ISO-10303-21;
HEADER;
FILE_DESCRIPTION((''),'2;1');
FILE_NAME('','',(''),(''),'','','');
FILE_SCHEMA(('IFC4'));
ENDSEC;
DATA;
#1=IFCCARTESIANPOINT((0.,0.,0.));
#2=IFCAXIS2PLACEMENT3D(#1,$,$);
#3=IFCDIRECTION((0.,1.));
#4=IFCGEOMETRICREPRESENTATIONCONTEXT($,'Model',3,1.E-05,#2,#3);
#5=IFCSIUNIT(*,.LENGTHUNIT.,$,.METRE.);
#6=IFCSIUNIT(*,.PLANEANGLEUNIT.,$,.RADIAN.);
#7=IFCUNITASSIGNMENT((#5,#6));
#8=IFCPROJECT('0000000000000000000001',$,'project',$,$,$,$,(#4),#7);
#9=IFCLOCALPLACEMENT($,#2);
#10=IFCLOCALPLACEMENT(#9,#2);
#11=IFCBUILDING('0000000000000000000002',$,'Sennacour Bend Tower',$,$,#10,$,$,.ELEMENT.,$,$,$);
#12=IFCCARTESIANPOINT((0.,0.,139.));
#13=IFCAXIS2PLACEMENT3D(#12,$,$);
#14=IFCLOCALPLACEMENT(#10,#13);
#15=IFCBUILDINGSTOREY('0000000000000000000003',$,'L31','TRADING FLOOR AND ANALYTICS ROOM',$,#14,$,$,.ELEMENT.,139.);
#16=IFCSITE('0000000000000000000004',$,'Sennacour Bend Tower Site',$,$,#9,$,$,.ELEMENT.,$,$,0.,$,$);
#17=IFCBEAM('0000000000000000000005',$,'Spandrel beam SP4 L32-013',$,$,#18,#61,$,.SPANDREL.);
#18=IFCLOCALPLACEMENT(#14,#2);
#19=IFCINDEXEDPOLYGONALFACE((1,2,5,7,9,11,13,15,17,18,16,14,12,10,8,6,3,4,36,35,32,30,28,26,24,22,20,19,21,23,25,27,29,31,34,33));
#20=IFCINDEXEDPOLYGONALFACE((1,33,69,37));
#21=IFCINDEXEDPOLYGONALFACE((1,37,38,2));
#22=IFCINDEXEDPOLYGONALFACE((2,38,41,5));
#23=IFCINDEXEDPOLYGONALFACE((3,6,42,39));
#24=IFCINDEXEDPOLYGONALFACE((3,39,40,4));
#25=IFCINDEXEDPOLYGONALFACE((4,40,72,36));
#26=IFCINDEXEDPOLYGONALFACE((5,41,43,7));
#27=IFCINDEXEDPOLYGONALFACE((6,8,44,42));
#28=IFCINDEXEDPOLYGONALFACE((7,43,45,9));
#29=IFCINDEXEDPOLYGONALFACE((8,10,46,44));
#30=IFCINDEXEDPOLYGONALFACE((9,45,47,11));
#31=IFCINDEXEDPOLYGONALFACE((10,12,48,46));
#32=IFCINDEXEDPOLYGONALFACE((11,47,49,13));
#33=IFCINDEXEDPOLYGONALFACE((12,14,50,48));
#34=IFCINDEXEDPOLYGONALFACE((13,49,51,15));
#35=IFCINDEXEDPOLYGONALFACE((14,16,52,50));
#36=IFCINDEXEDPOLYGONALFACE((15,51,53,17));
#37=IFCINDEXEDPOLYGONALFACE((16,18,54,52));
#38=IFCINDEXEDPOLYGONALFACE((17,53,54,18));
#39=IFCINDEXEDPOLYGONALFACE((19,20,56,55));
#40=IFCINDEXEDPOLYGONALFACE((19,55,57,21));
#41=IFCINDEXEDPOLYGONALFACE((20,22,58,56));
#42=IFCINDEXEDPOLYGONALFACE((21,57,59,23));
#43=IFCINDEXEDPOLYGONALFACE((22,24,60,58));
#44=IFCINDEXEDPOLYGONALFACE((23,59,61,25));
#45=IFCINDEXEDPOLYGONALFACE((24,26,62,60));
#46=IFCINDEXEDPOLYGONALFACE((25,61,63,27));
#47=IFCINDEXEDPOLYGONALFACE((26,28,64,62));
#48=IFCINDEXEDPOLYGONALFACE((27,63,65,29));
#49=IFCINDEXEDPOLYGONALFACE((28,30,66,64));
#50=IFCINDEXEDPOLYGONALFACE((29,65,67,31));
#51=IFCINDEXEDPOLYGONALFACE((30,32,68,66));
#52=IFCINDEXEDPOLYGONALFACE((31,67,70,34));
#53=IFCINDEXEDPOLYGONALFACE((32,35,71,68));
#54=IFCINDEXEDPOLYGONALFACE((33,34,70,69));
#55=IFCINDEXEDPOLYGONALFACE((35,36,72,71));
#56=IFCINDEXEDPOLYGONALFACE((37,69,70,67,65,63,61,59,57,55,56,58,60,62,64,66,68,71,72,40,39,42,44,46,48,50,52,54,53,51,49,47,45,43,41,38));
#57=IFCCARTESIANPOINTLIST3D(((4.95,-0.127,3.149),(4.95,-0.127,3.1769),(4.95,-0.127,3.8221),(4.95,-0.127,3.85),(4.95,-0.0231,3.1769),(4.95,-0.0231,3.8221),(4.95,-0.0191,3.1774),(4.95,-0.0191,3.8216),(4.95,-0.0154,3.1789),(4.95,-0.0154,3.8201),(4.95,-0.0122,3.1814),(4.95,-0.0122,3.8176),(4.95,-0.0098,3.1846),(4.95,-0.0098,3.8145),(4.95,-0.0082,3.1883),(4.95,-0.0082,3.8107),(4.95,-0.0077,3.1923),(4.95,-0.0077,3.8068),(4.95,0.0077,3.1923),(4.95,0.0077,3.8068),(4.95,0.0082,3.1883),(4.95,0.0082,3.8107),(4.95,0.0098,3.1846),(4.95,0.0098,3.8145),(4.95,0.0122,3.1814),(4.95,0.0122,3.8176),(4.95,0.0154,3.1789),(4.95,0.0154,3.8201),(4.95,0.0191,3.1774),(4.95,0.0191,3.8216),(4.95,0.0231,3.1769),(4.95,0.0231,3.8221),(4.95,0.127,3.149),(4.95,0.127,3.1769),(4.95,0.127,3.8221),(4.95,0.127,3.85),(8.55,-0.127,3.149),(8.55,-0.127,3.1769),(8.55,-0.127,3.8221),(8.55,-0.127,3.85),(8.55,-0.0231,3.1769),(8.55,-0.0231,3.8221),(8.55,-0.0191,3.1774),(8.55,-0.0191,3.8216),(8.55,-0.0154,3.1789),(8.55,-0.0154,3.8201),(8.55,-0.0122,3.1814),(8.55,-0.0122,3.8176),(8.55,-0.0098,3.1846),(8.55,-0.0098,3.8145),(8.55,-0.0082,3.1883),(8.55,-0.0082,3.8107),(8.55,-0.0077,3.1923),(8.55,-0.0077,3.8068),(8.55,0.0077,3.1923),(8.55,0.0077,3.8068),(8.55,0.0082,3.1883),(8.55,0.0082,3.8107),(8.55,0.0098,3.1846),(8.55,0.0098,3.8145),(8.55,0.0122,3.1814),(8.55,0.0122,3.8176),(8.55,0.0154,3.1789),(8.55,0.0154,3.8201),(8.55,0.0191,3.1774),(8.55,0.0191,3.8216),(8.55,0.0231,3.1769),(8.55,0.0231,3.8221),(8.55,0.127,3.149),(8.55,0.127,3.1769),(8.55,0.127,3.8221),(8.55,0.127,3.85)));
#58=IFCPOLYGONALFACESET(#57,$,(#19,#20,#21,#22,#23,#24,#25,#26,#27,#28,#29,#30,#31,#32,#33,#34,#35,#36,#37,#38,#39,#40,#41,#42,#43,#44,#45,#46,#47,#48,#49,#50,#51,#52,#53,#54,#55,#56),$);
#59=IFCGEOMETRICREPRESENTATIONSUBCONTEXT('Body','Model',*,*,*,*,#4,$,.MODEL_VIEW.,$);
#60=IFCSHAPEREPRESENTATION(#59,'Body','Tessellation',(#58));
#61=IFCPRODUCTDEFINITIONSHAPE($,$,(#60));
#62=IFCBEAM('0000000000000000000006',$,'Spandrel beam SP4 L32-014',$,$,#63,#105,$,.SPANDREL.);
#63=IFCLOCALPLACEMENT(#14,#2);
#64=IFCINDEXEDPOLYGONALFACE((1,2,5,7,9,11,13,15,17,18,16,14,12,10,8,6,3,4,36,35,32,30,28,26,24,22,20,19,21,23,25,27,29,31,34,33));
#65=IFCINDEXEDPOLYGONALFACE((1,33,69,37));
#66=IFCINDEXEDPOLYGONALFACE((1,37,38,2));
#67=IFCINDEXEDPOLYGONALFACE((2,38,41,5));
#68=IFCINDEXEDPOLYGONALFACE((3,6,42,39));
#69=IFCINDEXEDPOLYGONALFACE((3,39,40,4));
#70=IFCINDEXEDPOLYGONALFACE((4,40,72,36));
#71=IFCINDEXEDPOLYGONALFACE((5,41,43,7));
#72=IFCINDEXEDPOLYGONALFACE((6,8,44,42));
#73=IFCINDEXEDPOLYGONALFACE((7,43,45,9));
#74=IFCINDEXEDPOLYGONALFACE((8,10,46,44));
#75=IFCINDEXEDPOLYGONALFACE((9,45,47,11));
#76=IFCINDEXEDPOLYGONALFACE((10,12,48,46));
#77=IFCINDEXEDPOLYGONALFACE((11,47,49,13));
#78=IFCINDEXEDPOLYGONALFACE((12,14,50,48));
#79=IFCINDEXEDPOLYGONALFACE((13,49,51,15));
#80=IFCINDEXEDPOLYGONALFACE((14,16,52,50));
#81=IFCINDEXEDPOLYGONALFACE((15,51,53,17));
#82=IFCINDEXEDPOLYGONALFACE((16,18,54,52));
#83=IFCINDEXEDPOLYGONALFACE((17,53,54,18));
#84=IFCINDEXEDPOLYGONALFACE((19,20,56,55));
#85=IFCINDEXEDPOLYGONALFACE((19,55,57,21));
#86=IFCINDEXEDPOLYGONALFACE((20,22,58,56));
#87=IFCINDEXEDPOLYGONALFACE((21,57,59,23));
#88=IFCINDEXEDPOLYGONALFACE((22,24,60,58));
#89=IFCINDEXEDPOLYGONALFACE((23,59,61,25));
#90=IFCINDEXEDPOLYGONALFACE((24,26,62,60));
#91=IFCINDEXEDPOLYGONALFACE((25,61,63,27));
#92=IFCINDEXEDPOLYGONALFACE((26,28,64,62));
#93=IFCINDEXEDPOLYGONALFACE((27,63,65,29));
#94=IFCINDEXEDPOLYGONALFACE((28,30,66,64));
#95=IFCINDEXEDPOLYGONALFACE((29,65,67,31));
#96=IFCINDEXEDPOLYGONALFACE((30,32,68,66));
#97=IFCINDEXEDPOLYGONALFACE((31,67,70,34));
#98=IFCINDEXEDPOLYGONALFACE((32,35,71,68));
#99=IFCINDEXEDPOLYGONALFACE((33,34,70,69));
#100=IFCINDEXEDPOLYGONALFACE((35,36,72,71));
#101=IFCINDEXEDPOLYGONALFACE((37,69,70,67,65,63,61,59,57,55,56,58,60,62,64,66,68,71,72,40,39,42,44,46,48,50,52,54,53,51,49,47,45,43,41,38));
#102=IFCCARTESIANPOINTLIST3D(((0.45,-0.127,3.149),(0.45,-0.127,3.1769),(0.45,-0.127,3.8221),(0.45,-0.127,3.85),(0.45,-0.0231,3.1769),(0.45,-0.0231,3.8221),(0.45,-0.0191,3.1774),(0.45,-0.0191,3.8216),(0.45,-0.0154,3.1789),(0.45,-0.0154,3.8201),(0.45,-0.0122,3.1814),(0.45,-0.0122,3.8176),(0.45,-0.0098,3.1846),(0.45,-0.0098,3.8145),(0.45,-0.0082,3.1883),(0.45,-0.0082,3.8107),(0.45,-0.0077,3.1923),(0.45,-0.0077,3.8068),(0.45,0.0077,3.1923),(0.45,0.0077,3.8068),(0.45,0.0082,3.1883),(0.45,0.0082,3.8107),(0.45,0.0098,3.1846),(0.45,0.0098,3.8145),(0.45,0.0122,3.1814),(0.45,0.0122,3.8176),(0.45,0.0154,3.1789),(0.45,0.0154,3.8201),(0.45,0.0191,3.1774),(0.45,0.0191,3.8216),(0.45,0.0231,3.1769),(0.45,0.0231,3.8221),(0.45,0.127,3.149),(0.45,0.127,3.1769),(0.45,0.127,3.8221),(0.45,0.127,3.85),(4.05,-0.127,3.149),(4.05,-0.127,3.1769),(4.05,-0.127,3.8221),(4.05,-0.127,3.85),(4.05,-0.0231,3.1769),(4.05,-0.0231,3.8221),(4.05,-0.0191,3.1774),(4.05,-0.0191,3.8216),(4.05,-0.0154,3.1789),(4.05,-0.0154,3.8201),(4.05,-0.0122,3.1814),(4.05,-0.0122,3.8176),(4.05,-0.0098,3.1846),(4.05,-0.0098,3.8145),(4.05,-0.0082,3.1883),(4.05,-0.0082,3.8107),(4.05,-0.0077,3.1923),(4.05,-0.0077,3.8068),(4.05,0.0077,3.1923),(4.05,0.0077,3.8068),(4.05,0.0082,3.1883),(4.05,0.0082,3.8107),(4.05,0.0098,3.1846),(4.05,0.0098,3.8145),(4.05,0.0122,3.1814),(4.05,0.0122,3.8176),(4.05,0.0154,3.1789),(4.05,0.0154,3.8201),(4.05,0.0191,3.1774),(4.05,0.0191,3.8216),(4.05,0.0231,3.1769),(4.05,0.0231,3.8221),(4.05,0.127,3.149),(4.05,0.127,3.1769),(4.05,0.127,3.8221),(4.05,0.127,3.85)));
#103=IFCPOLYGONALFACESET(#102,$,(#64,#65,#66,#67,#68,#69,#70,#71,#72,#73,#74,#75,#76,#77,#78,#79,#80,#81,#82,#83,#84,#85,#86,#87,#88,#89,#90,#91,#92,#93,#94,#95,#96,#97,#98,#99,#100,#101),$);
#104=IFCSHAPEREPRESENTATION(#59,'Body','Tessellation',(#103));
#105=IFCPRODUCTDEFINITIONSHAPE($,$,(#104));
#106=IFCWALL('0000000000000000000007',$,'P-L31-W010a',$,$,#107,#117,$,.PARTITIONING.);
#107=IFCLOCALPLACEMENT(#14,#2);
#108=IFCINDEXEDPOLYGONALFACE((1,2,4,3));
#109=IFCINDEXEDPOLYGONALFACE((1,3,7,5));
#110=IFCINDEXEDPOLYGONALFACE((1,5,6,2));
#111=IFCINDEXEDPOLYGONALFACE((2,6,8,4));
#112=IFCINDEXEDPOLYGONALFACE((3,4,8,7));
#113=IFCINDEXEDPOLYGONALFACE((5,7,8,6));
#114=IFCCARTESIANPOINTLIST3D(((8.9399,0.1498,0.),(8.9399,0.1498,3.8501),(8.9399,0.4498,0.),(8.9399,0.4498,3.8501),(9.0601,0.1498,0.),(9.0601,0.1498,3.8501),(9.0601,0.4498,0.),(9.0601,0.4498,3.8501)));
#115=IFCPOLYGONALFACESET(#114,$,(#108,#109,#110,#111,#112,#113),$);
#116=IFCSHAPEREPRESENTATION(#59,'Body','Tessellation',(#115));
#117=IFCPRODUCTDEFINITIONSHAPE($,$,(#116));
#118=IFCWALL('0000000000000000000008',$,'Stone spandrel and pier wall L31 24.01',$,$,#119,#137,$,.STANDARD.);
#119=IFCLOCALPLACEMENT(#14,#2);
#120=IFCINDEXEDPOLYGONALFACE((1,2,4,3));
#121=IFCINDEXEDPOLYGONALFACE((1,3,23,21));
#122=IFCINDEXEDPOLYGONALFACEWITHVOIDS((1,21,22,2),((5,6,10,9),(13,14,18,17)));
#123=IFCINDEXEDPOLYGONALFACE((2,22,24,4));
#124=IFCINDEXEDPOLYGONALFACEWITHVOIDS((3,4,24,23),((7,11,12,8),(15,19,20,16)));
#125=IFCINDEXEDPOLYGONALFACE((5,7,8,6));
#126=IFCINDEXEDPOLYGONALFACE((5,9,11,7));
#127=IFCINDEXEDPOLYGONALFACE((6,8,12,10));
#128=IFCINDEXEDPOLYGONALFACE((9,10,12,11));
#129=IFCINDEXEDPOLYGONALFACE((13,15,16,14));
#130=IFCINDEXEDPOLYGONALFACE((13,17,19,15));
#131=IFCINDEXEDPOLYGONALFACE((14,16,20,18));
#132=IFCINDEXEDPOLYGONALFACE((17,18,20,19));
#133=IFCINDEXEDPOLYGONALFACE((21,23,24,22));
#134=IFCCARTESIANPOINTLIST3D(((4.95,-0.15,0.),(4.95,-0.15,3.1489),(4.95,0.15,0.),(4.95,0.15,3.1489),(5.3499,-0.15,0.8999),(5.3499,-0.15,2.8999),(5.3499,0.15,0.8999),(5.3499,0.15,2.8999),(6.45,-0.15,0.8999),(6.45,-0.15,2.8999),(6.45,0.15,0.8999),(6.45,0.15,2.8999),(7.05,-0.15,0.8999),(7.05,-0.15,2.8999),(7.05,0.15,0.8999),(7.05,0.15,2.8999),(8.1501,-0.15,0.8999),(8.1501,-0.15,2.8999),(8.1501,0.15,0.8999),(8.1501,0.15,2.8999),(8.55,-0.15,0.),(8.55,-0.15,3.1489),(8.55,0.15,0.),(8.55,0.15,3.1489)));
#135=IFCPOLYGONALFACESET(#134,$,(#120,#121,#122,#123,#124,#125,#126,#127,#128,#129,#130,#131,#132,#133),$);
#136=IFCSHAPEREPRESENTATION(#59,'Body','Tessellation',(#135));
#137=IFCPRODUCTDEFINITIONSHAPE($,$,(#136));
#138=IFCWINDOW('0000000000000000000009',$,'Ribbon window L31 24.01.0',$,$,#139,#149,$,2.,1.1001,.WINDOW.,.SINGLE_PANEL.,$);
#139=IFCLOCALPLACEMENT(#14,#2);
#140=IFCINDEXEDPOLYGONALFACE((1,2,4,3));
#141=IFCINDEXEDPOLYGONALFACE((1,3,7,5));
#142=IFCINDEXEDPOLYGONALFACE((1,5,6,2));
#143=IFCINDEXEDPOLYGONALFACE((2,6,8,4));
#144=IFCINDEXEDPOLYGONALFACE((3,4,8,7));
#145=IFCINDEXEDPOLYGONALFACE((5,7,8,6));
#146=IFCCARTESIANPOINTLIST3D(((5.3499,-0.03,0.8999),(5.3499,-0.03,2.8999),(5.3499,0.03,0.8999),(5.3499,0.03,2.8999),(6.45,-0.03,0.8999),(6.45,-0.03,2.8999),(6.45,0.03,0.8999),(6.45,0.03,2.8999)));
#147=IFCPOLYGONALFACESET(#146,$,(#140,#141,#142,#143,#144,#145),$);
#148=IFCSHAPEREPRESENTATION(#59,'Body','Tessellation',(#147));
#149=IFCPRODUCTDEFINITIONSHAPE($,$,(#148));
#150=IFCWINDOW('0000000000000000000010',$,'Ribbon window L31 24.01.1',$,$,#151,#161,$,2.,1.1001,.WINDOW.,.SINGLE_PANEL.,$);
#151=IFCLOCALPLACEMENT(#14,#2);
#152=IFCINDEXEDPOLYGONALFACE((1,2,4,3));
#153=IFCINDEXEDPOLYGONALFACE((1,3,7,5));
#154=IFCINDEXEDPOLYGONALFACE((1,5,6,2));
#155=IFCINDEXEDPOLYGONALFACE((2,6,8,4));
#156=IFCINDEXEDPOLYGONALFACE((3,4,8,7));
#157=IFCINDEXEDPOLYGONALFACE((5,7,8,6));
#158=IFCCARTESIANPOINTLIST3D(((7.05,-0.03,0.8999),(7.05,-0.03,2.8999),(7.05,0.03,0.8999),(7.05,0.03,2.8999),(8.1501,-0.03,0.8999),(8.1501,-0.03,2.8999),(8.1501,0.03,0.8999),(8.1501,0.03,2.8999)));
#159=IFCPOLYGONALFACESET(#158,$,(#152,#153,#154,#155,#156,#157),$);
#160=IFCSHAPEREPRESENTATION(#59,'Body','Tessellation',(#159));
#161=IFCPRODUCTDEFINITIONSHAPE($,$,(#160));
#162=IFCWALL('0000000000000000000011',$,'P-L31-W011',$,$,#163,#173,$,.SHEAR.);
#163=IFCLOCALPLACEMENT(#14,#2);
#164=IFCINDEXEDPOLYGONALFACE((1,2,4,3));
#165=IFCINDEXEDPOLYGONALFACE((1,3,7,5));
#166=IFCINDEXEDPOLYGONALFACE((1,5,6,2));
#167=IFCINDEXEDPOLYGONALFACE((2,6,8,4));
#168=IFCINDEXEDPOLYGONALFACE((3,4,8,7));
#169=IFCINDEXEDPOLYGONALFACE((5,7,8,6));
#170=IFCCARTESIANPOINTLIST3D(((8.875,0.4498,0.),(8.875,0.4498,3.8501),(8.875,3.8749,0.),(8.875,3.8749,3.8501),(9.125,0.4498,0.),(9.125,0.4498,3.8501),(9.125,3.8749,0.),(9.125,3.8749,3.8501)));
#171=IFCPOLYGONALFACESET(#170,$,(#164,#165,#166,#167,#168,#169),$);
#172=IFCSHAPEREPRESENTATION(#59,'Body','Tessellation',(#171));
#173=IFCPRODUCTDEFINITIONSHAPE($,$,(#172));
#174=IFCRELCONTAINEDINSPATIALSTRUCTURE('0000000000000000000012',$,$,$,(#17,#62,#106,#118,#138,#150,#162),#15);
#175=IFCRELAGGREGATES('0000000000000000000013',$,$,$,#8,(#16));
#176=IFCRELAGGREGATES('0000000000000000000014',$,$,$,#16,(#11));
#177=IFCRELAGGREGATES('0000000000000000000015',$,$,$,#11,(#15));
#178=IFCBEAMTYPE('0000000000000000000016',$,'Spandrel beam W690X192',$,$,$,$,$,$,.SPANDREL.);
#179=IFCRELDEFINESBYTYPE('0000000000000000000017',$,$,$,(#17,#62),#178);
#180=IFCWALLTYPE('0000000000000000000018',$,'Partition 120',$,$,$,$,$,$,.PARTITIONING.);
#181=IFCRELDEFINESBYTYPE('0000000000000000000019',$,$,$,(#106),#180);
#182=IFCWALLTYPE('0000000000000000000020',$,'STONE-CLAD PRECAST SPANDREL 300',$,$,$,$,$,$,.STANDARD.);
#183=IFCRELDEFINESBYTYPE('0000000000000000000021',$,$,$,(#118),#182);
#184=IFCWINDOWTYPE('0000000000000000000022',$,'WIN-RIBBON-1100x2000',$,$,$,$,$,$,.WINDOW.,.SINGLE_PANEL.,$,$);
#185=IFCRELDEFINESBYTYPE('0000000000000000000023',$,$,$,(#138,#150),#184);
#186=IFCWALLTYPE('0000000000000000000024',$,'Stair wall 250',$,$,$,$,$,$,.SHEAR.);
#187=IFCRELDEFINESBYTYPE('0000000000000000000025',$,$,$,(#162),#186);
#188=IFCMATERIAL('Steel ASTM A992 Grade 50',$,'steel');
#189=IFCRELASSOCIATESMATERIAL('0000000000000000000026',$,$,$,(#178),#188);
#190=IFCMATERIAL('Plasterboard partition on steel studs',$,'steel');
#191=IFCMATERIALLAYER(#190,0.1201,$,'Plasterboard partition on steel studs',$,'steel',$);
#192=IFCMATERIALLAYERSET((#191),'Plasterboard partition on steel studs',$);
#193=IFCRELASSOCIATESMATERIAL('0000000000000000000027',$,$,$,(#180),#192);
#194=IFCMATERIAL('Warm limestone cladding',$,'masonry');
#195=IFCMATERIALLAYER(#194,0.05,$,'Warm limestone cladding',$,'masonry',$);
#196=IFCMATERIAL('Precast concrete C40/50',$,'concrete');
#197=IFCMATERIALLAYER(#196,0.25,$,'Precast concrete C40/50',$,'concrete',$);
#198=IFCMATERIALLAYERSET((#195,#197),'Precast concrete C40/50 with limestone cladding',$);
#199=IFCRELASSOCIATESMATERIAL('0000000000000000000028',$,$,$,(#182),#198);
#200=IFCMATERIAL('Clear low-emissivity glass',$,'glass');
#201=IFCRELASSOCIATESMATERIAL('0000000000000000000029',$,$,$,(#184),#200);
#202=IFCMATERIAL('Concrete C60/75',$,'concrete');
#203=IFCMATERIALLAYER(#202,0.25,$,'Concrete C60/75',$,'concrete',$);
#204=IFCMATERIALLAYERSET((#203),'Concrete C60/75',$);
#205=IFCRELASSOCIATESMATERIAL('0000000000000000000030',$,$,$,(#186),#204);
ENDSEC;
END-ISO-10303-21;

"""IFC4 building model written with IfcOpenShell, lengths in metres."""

from ifc_helpers import new_model, si_unit, direction, frame, frame_2d, origin, origin_2d, place, context, subcontext, project, spatial, rectangle, i_section, extrude, material, layer, layer_set, material_profile, profile_set, type_object, element, fill, save


model = new_model("IFC4")

# Units and contexts
model_context = context("Model", 3, precision=1e-05, world=origin(), true_north=direction((0.0, 1.0)))
body_context = subcontext(model_context, "Body", "Model", "MODEL_VIEW")
ifc_project = project(units=[si_unit("LENGTHUNIT", "METRE"), si_unit("PLANEANGLEUNIT", "RADIAN")], contexts=[model_context])

# Site, building, storey
site_placement = place(None, origin())
site = spatial("IfcSite", under=ifc_project, at=site_placement, Name="Sennacour Bend Tower Site", CompositionType="ELEMENT", RefElevation=0.0)
building_placement = place(site_placement, origin())
building = spatial("IfcBuilding", under=site, at=building_placement, Name="Sennacour Bend Tower", CompositionType="ELEMENT")
storey_placement = place(building_placement, frame((0.0, 0.0, 139.0)))
storey = spatial("IfcBuildingStorey", under=building, at=storey_placement, Name="L31", Description="TRADING FLOOR AND ANALYTICS ROOM", CompositionType="ELEMENT", Elevation=139.0)

# Beams
ifc_material_1 = material(Name="Steel ASTM A992 Grade 50", Category="steel")
ifc_material_profile_1 = material_profile(ifc_material_1, i_section(OverallWidth=0.2539, OverallDepth=0.7009, WebThickness=0.0154, FlangeThickness=0.0278, FilletRadius=0.0154, at=origin_2d()), Name="Steel ASTM A992 Grade 50", Category="steel")
ifc_profile_set_1 = profile_set([ifc_material_profile_1], Name="Steel ASTM A992 Grade 50")
beam_type_1 = type_object("IfcBeamType", Name="Spandrel beam W690X192", PredefinedType="SPANDREL", material=ifc_profile_set_1)
for number, where, z_axis, x_axis, name in (
    (1, (8.55, 0.0, 3.4995), (-1.0, 0.0, 0.0), (0.0, -1.0, 0.0), "Spandrel beam SP4 L32-013"),
    (2, (4.05, 0.0, 3.4995), (-1.0, 0.0, 0.0), (0.0, -1.0, 0.0), "Spandrel beam SP4 L32-014"),
):
    element("IfcBeam", number, at=place(storey_placement, frame(where, z_axis=z_axis, x_axis=x_axis)), inside=storey, type_object=beam_type_1, Name=name, PredefinedType="SPANDREL", context=body_context, shape_type="SweptSolid", body=[
        extrude(i_section(OverallWidth=0.2539, OverallDepth=0.7009, WebThickness=0.0154, FlangeThickness=0.0278, FilletRadius=0.0154, at=origin_2d()), origin(), (0.0, 0.0, 1.0), 3.6001),
    ])

# Wall
ifc_material_2 = material(Name="Plasterboard partition on steel studs", Category="steel")
ifc_layer_1 = layer(ifc_material_2, 0.1201, Name="Plasterboard partition on steel studs", Category="steel")
ifc_layer_set_1 = layer_set([ifc_layer_1], Name="Plasterboard partition on steel studs")
wall_type_1 = type_object("IfcWallType", Name="Partition 120", PredefinedType="PARTITIONING", material=ifc_layer_set_1)
wall_1_placement = place(storey_placement, frame((9.0, 0.1499, 0.0), z_axis=(0.0, 0.0, 1.0), x_axis=(0.0, 1.0, 0.0)))
element("IfcWall", 3, at=wall_1_placement, inside=storey, type_object=wall_type_1, Name="P-L31-W010a", PredefinedType="PARTITIONING", context=body_context, shape_type="SweptSolid", body=[
    extrude(rectangle(XDim=0.3, YDim=0.1201, at=frame_2d((0.1499, 0.0))), origin(), (0.0, 0.0, 1.0), 3.8501),
])

# Wall, openings, windows
ifc_material_3 = material(Name="Warm limestone cladding", Category="masonry")
ifc_layer_2 = layer(ifc_material_3, 0.05, Name="Warm limestone cladding", Category="masonry")
ifc_material_4 = material(Name="Precast concrete C40/50", Category="concrete")
ifc_layer_3 = layer(ifc_material_4, 0.25, Name="Precast concrete C40/50", Category="concrete")
ifc_layer_set_2 = layer_set([ifc_layer_2, ifc_layer_3], Name="Precast concrete C40/50 with limestone cladding")
wall_type_2 = type_object("IfcWallType", Name="STONE-CLAD PRECAST SPANDREL 300", PredefinedType="STANDARD", material=ifc_layer_set_2)
wall_2_placement = place(storey_placement, frame((4.95, 0.0, 0.0), z_axis=(0.0, 0.0, 1.0), x_axis=(1.0, 0.0, 0.0)))
wall_2 = element("IfcWall", 4, at=wall_2_placement, inside=storey, type_object=wall_type_2, Name="Stone spandrel and pier wall L31 24.01", PredefinedType="STANDARD", context=body_context, shape_type="SweptSolid", body=[
    extrude(rectangle(XDim=3.6001, YDim=0.3, at=frame_2d((1.8, 0.0))), origin(), (0.0, 0.0, 1.0), 3.1489),
])
opening_1_placement = place(wall_2_placement, frame((0.3999, 0.0, 0.8999)))
opening_1 = element("IfcOpeningElement", 5, at=opening_1_placement, cuts=wall_2, PredefinedType="OPENING", context=body_context, shape_type="SweptSolid", body=[
    extrude(rectangle(XDim=1.1001, YDim=2.0, at=frame_2d((0.55, 1.0))), frame((0.0, 0.1602, 0.0), z_axis=(0.0, -1.0, 0.0), x_axis=(1.0, 0.0, 0.0)), (0.0, 0.0, 1.0), 0.3201),
])
opening_2_placement = place(wall_2_placement, frame((2.1001, 0.0, 0.8999)))
opening_2 = element("IfcOpeningElement", 6, at=opening_2_placement, cuts=wall_2, PredefinedType="OPENING", context=body_context, shape_type="SweptSolid", body=[
    extrude(rectangle(XDim=1.1001, YDim=2.0, at=frame_2d((0.55, 1.0))), frame((0.0, 0.1602, 0.0), z_axis=(0.0, -1.0, 0.0), x_axis=(1.0, 0.0, 0.0)), (0.0, 0.0, 1.0), 0.3201),
])
ifc_material_5 = material(Name="Clear low-emissivity glass", Category="glass")
window_type = type_object("IfcWindowType", Name="WIN-RIBBON-1100x2000", PartitioningType="SINGLE_PANEL", PredefinedType="WINDOW", material=ifc_material_5)
window_1_placement = place(opening_1_placement, origin())
window_1 = element("IfcWindow", 7, at=window_1_placement, inside=storey, type_object=window_type, Name="Ribbon window L31 24.01.0", OverallHeight=2.0, OverallWidth=1.1001, PartitioningType="SINGLE_PANEL", PredefinedType="WINDOW", context=body_context, shape_type="SweptSolid", body=[
    extrude(rectangle(XDim=1.1001, YDim=2.0, at=frame_2d((0.55, 1.0))), frame((0.0, 0.03, 0.0), z_axis=(0.0, -1.0, 0.0), x_axis=(1.0, 0.0, 0.0)), (0.0, 0.0, 1.0), 0.0601),
])
fill(opening_1, window_1)
window_2_placement = place(opening_2_placement, origin())
window_2 = element("IfcWindow", 8, at=window_2_placement, inside=storey, type_object=window_type, Name="Ribbon window L31 24.01.1", OverallHeight=2.0, OverallWidth=1.1001, PartitioningType="SINGLE_PANEL", PredefinedType="WINDOW", context=body_context, shape_type="SweptSolid", body=[
    extrude(rectangle(XDim=1.1001, YDim=2.0, at=frame_2d((0.55, 1.0))), frame((0.0, 0.03, 0.0), z_axis=(0.0, -1.0, 0.0), x_axis=(1.0, 0.0, 0.0)), (0.0, 0.0, 1.0), 0.0601),
])
fill(opening_2, window_2)

# Wall
ifc_material_6 = material(Name="Concrete C60/75", Category="concrete")
ifc_layer_4 = layer(ifc_material_6, 0.25, Name="Concrete C60/75", Category="concrete")
ifc_layer_set_3 = layer_set([ifc_layer_4], Name="Concrete C60/75")
wall_type_3 = type_object("IfcWallType", Name="Stair wall 250", PredefinedType="SHEAR", material=ifc_layer_set_3)
wall_3_placement = place(storey_placement, frame((9.0, 0.45, 0.0), z_axis=(0.0, 0.0, 1.0), x_axis=(0.0, 1.0, 0.0)))
element("IfcWall", 9, at=wall_3_placement, inside=storey, type_object=wall_type_3, Name="P-L31-W011", PredefinedType="SHEAR", context=body_context, shape_type="SweptSolid", body=[
    extrude(rectangle(XDim=3.425, YDim=0.25, at=frame_2d((1.7124, 0.0))), origin(), (0.0, 0.0, 1.0), 3.8501),
])

save(model, "model.ifc")
